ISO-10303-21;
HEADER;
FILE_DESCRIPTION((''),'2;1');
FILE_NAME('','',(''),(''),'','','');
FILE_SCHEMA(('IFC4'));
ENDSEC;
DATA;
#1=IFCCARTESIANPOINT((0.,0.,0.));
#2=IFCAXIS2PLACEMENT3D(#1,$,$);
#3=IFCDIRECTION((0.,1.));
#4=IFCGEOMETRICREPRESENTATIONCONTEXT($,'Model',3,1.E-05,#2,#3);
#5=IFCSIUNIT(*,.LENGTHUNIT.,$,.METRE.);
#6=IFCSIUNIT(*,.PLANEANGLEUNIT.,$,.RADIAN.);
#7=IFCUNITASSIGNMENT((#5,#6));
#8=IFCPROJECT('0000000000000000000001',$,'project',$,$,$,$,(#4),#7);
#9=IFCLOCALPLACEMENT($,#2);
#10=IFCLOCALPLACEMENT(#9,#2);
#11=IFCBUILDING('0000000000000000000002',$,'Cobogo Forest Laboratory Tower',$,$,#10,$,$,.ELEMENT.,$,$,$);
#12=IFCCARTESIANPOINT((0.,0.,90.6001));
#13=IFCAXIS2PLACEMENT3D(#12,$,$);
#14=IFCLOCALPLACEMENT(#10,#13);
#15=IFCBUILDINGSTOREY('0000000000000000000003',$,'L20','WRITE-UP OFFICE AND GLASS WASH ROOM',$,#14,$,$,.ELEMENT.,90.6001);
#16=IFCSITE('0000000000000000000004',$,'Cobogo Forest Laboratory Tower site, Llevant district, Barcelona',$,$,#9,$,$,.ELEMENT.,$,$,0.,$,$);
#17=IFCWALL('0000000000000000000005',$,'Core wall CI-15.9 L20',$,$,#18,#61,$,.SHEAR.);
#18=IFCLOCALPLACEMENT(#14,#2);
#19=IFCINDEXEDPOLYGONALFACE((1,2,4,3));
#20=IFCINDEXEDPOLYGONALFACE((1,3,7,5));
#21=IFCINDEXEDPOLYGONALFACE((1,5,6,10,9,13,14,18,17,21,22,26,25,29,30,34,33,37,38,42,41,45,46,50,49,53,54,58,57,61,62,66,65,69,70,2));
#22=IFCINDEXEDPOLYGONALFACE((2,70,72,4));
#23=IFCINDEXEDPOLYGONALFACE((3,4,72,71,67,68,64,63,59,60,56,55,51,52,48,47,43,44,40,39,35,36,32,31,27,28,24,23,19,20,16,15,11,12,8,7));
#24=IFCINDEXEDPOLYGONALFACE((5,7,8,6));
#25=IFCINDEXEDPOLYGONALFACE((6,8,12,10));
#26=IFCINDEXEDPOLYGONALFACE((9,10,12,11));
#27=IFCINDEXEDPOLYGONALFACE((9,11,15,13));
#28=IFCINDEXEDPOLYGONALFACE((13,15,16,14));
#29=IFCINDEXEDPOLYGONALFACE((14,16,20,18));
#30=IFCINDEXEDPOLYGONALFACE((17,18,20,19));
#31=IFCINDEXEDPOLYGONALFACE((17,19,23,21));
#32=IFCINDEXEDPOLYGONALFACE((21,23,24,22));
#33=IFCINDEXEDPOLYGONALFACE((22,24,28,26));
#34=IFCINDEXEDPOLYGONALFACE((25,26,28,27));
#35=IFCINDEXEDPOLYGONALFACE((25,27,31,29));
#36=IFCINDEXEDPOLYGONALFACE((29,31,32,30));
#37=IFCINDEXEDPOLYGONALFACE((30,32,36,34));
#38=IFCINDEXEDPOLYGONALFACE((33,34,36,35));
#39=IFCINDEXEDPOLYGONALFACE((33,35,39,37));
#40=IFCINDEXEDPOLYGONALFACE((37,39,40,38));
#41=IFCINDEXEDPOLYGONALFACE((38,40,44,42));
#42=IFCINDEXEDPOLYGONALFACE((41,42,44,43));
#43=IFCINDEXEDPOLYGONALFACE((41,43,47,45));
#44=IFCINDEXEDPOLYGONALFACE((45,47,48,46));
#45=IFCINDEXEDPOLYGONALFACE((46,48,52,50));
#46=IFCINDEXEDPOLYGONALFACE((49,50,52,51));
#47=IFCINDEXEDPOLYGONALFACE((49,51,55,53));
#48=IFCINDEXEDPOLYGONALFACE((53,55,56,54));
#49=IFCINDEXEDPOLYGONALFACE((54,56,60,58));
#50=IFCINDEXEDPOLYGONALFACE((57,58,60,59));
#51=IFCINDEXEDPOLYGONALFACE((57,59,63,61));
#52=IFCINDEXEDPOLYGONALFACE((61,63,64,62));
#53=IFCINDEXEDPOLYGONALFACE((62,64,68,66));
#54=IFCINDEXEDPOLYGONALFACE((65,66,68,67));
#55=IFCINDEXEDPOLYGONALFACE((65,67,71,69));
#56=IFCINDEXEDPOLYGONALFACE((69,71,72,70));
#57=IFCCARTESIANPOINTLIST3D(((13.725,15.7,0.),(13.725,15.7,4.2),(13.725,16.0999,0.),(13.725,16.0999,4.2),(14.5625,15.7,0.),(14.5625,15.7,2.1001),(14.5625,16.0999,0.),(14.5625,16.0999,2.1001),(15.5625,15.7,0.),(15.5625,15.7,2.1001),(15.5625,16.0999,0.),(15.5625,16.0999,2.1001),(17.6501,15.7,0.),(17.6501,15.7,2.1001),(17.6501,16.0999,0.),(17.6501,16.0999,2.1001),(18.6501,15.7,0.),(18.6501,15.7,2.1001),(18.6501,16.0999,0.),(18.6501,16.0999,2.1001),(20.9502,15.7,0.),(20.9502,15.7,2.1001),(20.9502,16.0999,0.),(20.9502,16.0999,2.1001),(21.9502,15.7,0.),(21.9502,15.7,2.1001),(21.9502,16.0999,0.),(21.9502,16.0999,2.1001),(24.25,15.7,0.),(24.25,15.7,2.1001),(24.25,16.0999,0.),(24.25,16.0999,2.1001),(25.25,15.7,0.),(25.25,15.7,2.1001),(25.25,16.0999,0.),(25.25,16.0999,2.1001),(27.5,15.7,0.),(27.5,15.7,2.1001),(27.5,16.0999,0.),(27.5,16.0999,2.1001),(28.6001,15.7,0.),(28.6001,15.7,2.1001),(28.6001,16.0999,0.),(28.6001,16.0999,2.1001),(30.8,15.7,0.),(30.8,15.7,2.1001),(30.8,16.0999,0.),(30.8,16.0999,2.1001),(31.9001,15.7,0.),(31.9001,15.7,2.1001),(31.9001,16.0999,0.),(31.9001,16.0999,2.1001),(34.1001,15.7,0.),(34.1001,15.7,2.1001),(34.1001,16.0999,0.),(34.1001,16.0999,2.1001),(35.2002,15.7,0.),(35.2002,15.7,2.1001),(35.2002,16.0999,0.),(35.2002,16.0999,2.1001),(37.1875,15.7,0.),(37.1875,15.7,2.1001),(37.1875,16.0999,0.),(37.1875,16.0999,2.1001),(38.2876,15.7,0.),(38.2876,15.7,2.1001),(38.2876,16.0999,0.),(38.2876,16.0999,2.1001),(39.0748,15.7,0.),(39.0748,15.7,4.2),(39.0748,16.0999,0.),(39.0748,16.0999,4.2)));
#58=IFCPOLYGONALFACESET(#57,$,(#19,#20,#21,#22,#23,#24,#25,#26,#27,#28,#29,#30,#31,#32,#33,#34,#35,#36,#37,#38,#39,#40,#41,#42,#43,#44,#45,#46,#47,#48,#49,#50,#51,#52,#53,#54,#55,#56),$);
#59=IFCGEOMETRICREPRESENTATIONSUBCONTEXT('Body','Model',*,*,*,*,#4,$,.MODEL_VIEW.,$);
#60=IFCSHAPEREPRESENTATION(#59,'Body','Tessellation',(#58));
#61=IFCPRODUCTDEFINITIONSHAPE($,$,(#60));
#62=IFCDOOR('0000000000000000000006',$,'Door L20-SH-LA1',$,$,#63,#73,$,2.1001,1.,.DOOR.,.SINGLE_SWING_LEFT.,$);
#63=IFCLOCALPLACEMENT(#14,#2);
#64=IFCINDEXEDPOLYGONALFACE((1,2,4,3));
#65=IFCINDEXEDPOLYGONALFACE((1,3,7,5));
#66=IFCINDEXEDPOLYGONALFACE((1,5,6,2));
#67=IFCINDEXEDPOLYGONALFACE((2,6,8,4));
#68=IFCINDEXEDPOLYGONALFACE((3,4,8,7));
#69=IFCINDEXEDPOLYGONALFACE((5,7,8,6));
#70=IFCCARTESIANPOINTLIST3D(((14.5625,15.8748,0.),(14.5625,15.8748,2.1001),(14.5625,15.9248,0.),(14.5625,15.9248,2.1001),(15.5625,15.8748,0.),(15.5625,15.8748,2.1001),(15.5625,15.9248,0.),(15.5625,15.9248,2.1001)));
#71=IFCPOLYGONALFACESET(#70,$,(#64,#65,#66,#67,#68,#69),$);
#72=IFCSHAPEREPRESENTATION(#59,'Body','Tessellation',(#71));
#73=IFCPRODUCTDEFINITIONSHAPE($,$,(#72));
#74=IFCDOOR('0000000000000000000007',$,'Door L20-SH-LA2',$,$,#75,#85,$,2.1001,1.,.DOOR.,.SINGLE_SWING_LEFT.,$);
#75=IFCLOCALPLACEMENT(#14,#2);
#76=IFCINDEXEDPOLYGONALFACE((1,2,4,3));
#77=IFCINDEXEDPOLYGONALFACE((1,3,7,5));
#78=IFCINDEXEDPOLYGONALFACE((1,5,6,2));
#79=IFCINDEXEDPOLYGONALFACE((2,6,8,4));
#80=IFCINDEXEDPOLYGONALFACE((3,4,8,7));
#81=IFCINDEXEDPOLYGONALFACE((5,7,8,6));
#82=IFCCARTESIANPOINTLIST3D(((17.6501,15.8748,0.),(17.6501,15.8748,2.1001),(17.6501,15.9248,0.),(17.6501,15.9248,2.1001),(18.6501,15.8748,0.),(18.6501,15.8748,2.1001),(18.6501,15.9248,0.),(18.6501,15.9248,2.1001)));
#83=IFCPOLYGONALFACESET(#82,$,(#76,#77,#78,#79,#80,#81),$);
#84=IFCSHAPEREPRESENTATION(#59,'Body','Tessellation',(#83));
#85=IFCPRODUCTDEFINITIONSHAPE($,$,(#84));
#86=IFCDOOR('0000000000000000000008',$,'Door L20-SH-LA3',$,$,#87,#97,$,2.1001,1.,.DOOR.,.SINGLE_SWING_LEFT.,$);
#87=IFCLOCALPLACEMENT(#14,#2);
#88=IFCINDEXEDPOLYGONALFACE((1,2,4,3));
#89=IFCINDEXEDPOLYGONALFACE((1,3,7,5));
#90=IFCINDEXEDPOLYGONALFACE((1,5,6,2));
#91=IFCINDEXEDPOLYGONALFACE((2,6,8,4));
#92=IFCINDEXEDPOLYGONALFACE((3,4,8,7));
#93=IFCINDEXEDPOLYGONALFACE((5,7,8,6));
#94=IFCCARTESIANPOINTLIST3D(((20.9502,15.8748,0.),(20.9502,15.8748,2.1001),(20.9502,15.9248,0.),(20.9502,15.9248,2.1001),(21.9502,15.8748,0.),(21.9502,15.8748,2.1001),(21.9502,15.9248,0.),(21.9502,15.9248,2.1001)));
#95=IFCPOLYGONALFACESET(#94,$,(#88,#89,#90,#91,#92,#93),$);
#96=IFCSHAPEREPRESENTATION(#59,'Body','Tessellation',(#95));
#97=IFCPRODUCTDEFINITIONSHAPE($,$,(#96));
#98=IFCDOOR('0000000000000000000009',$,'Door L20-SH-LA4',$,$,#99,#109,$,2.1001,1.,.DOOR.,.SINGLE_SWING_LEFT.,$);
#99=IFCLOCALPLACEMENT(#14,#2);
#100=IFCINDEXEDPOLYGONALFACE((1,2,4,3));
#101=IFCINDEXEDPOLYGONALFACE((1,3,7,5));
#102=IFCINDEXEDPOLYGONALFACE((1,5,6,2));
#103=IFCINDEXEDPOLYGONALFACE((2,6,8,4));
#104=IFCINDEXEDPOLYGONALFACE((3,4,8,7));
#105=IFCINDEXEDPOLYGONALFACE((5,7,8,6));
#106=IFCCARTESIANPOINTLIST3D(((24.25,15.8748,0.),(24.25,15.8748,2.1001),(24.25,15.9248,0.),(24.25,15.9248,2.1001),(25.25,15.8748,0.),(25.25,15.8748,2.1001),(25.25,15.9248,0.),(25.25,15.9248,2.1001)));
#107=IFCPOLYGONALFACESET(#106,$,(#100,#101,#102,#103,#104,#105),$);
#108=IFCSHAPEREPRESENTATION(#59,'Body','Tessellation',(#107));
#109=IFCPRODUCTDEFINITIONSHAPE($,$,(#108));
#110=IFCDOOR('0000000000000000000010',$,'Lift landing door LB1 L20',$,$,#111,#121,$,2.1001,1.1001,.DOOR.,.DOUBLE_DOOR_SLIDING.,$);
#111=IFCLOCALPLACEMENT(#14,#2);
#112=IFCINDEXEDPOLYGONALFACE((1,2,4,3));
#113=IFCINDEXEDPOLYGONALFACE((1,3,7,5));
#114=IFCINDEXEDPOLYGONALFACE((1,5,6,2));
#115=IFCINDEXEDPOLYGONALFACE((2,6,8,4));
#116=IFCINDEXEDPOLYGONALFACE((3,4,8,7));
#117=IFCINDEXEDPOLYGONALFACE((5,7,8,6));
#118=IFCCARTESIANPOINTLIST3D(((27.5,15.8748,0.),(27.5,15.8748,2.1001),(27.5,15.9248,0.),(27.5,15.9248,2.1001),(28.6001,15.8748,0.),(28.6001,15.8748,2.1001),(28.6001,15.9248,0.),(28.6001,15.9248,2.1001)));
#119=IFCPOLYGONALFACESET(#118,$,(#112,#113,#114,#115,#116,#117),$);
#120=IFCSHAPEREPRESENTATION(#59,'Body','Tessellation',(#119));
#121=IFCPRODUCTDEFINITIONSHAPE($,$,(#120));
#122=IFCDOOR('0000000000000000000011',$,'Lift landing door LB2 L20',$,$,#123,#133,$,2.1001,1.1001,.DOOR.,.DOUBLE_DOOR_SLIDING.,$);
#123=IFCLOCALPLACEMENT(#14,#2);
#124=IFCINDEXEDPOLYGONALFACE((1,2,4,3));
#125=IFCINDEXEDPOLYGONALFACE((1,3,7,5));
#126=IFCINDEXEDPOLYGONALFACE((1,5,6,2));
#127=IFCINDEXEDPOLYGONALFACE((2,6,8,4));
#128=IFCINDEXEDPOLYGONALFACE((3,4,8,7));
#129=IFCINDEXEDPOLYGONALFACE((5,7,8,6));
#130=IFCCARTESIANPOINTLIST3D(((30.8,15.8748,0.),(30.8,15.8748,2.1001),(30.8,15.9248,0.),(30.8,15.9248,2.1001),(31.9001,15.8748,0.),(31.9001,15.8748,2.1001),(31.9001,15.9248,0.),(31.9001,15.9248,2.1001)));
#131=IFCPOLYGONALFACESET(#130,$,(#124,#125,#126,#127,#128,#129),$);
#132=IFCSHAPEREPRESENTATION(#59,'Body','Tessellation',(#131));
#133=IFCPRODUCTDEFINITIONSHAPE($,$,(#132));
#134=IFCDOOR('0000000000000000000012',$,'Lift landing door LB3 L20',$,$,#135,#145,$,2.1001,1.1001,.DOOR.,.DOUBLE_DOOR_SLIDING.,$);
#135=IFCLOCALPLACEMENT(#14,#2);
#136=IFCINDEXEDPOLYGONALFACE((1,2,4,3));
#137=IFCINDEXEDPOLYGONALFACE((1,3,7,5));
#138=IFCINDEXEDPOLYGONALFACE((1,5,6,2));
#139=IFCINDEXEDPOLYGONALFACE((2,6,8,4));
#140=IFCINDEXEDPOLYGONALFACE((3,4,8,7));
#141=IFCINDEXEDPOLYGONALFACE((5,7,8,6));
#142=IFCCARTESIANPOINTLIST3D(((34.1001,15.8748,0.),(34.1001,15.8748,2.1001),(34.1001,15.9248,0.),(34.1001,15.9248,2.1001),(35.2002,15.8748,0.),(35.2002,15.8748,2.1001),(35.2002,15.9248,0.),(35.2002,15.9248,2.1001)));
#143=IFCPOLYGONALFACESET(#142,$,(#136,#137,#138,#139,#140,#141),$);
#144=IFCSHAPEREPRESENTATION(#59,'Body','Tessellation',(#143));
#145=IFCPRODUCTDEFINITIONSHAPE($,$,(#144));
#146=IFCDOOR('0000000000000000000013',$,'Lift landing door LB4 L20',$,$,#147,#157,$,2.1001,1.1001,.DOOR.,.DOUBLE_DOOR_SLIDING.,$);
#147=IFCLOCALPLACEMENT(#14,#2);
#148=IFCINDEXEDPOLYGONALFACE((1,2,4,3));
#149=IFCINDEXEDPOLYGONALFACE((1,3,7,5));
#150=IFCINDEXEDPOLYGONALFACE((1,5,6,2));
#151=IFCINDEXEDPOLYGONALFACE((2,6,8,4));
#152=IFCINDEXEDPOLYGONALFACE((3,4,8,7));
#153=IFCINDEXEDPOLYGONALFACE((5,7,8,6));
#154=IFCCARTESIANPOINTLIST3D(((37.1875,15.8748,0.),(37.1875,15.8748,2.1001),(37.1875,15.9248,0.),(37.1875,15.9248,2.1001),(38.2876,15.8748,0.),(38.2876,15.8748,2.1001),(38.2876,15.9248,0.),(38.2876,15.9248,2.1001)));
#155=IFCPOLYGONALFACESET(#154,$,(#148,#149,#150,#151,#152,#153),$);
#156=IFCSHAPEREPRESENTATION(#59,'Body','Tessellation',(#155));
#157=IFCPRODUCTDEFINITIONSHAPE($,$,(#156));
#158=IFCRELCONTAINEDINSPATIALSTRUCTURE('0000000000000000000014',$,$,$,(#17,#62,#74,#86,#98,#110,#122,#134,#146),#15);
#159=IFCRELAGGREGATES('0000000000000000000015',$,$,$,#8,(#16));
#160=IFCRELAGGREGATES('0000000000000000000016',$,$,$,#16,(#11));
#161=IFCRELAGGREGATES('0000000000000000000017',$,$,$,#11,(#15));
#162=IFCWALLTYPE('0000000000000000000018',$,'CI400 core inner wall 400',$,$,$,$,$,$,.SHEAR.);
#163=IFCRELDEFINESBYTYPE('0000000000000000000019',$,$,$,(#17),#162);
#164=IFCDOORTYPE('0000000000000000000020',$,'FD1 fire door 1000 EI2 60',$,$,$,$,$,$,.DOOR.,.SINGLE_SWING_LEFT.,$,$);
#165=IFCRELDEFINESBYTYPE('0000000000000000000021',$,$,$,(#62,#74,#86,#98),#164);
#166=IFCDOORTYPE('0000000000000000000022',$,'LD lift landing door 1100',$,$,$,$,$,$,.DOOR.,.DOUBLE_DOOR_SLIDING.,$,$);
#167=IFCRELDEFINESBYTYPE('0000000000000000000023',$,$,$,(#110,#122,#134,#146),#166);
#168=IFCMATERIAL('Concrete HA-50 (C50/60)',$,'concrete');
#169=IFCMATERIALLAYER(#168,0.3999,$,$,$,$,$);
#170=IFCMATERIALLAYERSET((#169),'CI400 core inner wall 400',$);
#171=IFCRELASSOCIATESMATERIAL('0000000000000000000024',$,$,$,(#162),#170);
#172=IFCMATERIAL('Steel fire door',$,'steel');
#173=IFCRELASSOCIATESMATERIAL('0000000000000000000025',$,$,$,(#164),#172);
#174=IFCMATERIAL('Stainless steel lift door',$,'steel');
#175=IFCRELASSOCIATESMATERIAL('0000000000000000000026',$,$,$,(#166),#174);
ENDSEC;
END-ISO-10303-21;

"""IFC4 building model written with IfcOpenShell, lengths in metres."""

from ifc_helpers import new_model, si_unit, direction, frame, frame_2d, origin, place, context, subcontext, project, spatial, rectangle, extrude, material, layer, layer_set, type_object, element, fill, save


model = new_model("IFC4")

# Units and contexts
model_context = context("Model", 3, precision=1e-05, world=origin(), true_north=direction((0.0, 1.0)))
body_context = subcontext(model_context, "Body", "Model", "MODEL_VIEW")
ifc_project = project(units=[si_unit("LENGTHUNIT", "METRE"), si_unit("PLANEANGLEUNIT", "RADIAN")], contexts=[model_context])

# Site, building, storey
site_placement = place(None, origin())
site = spatial("IfcSite", under=ifc_project, at=site_placement, Name="Cobogo Forest Laboratory Tower site, Llevant district, Barcelona", CompositionType="ELEMENT", RefElevation=0.0)
building_placement = place(site_placement, origin())
building = spatial("IfcBuilding", under=site, at=building_placement, Name="Cobogo Forest Laboratory Tower", CompositionType="ELEMENT")
storey_placement = place(building_placement, frame((0.0, 0.0, 90.6001)))
storey = spatial("IfcBuildingStorey", under=building, at=storey_placement, Name="L20", Description="WRITE-UP OFFICE AND GLASS WASH ROOM", CompositionType="ELEMENT", Elevation=90.6001)

# Shared definitions
ifc_material_1 = material(Name="Concrete HA-50 (C50/60)", Category="concrete")

# Wall, openings, doors
ifc_layer_1 = layer(ifc_material_1, 0.3999)
ifc_layer_set_1 = layer_set([ifc_layer_1], Name="CI400 core inner wall 400")
wall_type_1 = type_object("IfcWallType", Name="CI400 core inner wall 400", PredefinedType="SHEAR", material=ifc_layer_set_1)
wall_1_placement = place(storey_placement, frame((13.7251, 15.8999, 0.0), z_axis=(0.0, 0.0, 1.0), x_axis=(1.0, 0.0, 0.0)))
wall_1 = element("IfcWall", 1, at=wall_1_placement, inside=storey, type_object=wall_type_1, Name="Core wall CI-15.9 L20", PredefinedType="SHEAR", context=body_context, shape_type="SweptSolid", body=[
    extrude(rectangle(XDim=25.3499, YDim=0.3999, at=frame_2d((12.6748, 0.0))), origin(), (0.0, 0.0, 1.0), 4.2),
])
opening_1_placement = place(wall_1_placement, frame((0.8374, 0.0, 0.0)))
opening_1 = element("IfcOpeningElement", 2, at=opening_1_placement, cuts=wall_1, PredefinedType="OPENING", context=body_context, shape_type="SweptSolid", body=[
    extrude(rectangle(XDim=1.0, YDim=2.1001, at=frame_2d((0.5, 1.05))), frame((0.0, 0.21, 0.0), z_axis=(0.0, -1.0, 0.0), x_axis=(1.0, 0.0, 0.0)), (0.0, 0.0, 1.0), 0.4199),
])
opening_2_placement = place(wall_1_placement, frame((3.925, 0.0, 0.0)))
opening_2 = element("IfcOpeningElement", 3, at=opening_2_placement, cuts=wall_1, PredefinedType="OPENING", context=body_context, shape_type="SweptSolid", body=[
    extrude(rectangle(XDim=1.0, YDim=2.1001, at=frame_2d((0.5, 1.05))), frame((0.0, 0.21, 0.0), z_axis=(0.0, -1.0, 0.0), x_axis=(1.0, 0.0, 0.0)), (0.0, 0.0, 1.0), 0.4199),
])
opening_3_placement = place(wall_1_placement, frame((7.2251, 0.0, 0.0)))
opening_3 = element("IfcOpeningElement", 4, at=opening_3_placement, cuts=wall_1, PredefinedType="OPENING", context=body_context, shape_type="SweptSolid", body=[
    extrude(rectangle(XDim=1.0, YDim=2.1001, at=frame_2d((0.5, 1.05))), frame((0.0, 0.21, 0.0), z_axis=(0.0, -1.0, 0.0), x_axis=(1.0, 0.0, 0.0)), (0.0, 0.0, 1.0), 0.4199),
])
opening_4_placement = place(wall_1_placement, frame((10.5249, 0.0, 0.0)))
opening_4 = element("IfcOpeningElement", 5, at=opening_4_placement, cuts=wall_1, PredefinedType="OPENING", context=body_context, shape_type="SweptSolid", body=[
    extrude(rectangle(XDim=1.0, YDim=2.1001, at=frame_2d((0.5, 1.05))), frame((0.0, 0.21, 0.0), z_axis=(0.0, -1.0, 0.0), x_axis=(1.0, 0.0, 0.0)), (0.0, 0.0, 1.0), 0.4199),
])
opening_5_placement = place(wall_1_placement, frame((13.7749, 0.0, 0.0)))
opening_5 = element("IfcOpeningElement", 6, at=opening_5_placement, cuts=wall_1, PredefinedType="OPENING", context=body_context, shape_type="SweptSolid", body=[
    extrude(rectangle(XDim=1.1001, YDim=2.1001, at=frame_2d((0.55, 1.05))), frame((0.0, 0.21, 0.0), z_axis=(0.0, -1.0, 0.0), x_axis=(1.0, 0.0, 0.0)), (0.0, 0.0, 1.0), 0.4199),
])
opening_6_placement = place(wall_1_placement, frame((17.075, 0.0, 0.0)))
opening_6 = element("IfcOpeningElement", 7, at=opening_6_placement, cuts=wall_1, PredefinedType="OPENING", context=body_context, shape_type="SweptSolid", body=[
    extrude(rectangle(XDim=1.1001, YDim=2.1001, at=frame_2d((0.55, 1.05))), frame((0.0, 0.21, 0.0), z_axis=(0.0, -1.0, 0.0), x_axis=(1.0, 0.0, 0.0)), (0.0, 0.0, 1.0), 0.4199),
])
opening_7_placement = place(wall_1_placement, frame((20.375, 0.0, 0.0)))
opening_7 = element("IfcOpeningElement", 8, at=opening_7_placement, cuts=wall_1, PredefinedType="OPENING", context=body_context, shape_type="SweptSolid", body=[
    extrude(rectangle(XDim=1.1001, YDim=2.1001, at=frame_2d((0.55, 1.05))), frame((0.0, 0.21, 0.0), z_axis=(0.0, -1.0, 0.0), x_axis=(1.0, 0.0, 0.0)), (0.0, 0.0, 1.0), 0.4199),
])
opening_8_placement = place(wall_1_placement, frame((23.4624, 0.0, 0.0)))
opening_8 = element("IfcOpeningElement", 9, at=opening_8_placement, cuts=wall_1, PredefinedType="OPENING", context=body_context, shape_type="SweptSolid", body=[
    extrude(rectangle(XDim=1.1001, YDim=2.1001, at=frame_2d((0.55, 1.05))), frame((0.0, 0.21, 0.0), z_axis=(0.0, -1.0, 0.0), x_axis=(1.0, 0.0, 0.0)), (0.0, 0.0, 1.0), 0.4199),
])
ifc_material_2 = material(Name="Steel fire door", Category="steel")
door_type_1 = type_object("IfcDoorType", Name="FD1 fire door 1000 EI2 60", OperationType="SINGLE_SWING_LEFT", PredefinedType="DOOR", material=ifc_material_2)
door_1_placement = place(opening_1_placement, origin())
door_1 = element("IfcDoor", 10, at=door_1_placement, inside=storey, type_object=door_type_1, Name="Door L20-SH-LA1", OperationType="SINGLE_SWING_LEFT", OverallHeight=2.1001, OverallWidth=1.0, PredefinedType="DOOR", context=body_context, shape_type="SweptSolid", body=[
    extrude(rectangle(XDim=1.0, YDim=2.1001, at=frame_2d((0.5, 1.05))), frame((0.0, 0.0249, 0.0), z_axis=(0.0, -1.0, 0.0), x_axis=(1.0, 0.0, 0.0)), (0.0, 0.0, 1.0), 0.05),
])
fill(opening_1, door_1)
door_2_placement = place(opening_2_placement, origin())
door_2 = element("IfcDoor", 11, at=door_2_placement, inside=storey, type_object=door_type_1, Name="Door L20-SH-LA2", OperationType="SINGLE_SWING_LEFT", OverallHeight=2.1001, OverallWidth=1.0, PredefinedType="DOOR", context=body_context, shape_type="SweptSolid", body=[
    extrude(rectangle(XDim=1.0, YDim=2.1001, at=frame_2d((0.5, 1.05))), frame((0.0, 0.0249, 0.0), z_axis=(0.0, -1.0, 0.0), x_axis=(1.0, 0.0, 0.0)), (0.0, 0.0, 1.0), 0.05),
])
fill(opening_2, door_2)
door_3_placement = place(opening_3_placement, origin())
door_3 = element("IfcDoor", 12, at=door_3_placement, inside=storey, type_object=door_type_1, Name="Door L20-SH-LA3", OperationType="SINGLE_SWING_LEFT", OverallHeight=2.1001, OverallWidth=1.0, PredefinedType="DOOR", context=body_context, shape_type="SweptSolid", body=[
    extrude(rectangle(XDim=1.0, YDim=2.1001, at=frame_2d((0.5, 1.05))), frame((0.0, 0.0249, 0.0), z_axis=(0.0, -1.0, 0.0), x_axis=(1.0, 0.0, 0.0)), (0.0, 0.0, 1.0), 0.05),
])
fill(opening_3, door_3)
door_4_placement = place(opening_4_placement, origin())
door_4 = element("IfcDoor", 13, at=door_4_placement, inside=storey, type_object=door_type_1, Name="Door L20-SH-LA4", OperationType="SINGLE_SWING_LEFT", OverallHeight=2.1001, OverallWidth=1.0, PredefinedType="DOOR", context=body_context, shape_type="SweptSolid", body=[
    extrude(rectangle(XDim=1.0, YDim=2.1001, at=frame_2d((0.5, 1.05))), frame((0.0, 0.0249, 0.0), z_axis=(0.0, -1.0, 0.0), x_axis=(1.0, 0.0, 0.0)), (0.0, 0.0, 1.0), 0.05),
])
fill(opening_4, door_4)
ifc_material_3 = material(Name="Stainless steel lift door", Category="steel")
door_type_2 = type_object("IfcDoorType", Name="LD lift landing door 1100", OperationType="DOUBLE_DOOR_SLIDING", PredefinedType="DOOR", material=ifc_material_3)
door_5_placement = place(opening_5_placement, origin())
door_5 = element("IfcDoor", 14, at=door_5_placement, inside=storey, type_object=door_type_2, Name="Lift landing door LB1 L20", OperationType="DOUBLE_DOOR_SLIDING", OverallHeight=2.1001, OverallWidth=1.1001, PredefinedType="DOOR", context=body_context, shape_type="SweptSolid", body=[
    extrude(rectangle(XDim=1.1001, YDim=2.1001, at=frame_2d((0.55, 1.05))), frame((0.0, 0.0249, 0.0), z_axis=(0.0, -1.0, 0.0), x_axis=(1.0, 0.0, 0.0)), (0.0, 0.0, 1.0), 0.05),
])
fill(opening_5, door_5)
door_6_placement = place(opening_6_placement, origin())
door_6 = element("IfcDoor", 15, at=door_6_placement, inside=storey, type_object=door_type_2, Name="Lift landing door LB2 L20", OperationType="DOUBLE_DOOR_SLIDING", OverallHeight=2.1001, OverallWidth=1.1001, PredefinedType="DOOR", context=body_context, shape_type="SweptSolid", body=[
    extrude(rectangle(XDim=1.1001, YDim=2.1001, at=frame_2d((0.55, 1.05))), frame((0.0, 0.0249, 0.0), z_axis=(0.0, -1.0, 0.0), x_axis=(1.0, 0.0, 0.0)), (0.0, 0.0, 1.0), 0.05),
])
fill(opening_6, door_6)
door_7_placement = place(opening_7_placement, origin())
door_7 = element("IfcDoor", 16, at=door_7_placement, inside=storey, type_object=door_type_2, Name="Lift landing door LB3 L20", OperationType="DOUBLE_DOOR_SLIDING", OverallHeight=2.1001, OverallWidth=1.1001, PredefinedType="DOOR", context=body_context, shape_type="SweptSolid", body=[
    extrude(rectangle(XDim=1.1001, YDim=2.1001, at=frame_2d((0.55, 1.05))), frame((0.0, 0.0249, 0.0), z_axis=(0.0, -1.0, 0.0), x_axis=(1.0, 0.0, 0.0)), (0.0, 0.0, 1.0), 0.05),
])
fill(opening_7, door_7)
door_8_placement = place(opening_8_placement, origin())
door_8 = element("IfcDoor", 17, at=door_8_placement, inside=storey, type_object=door_type_2, Name="Lift landing door LB4 L20", OperationType="DOUBLE_DOOR_SLIDING", OverallHeight=2.1001, OverallWidth=1.1001, PredefinedType="DOOR", context=body_context, shape_type="SweptSolid", body=[
    extrude(rectangle(XDim=1.1001, YDim=2.1001, at=frame_2d((0.55, 1.05))), frame((0.0, 0.0249, 0.0), z_axis=(0.0, -1.0, 0.0), x_axis=(1.0, 0.0, 0.0)), (0.0, 0.0, 1.0), 0.05),
])
fill(opening_8, door_8)

save(model, "model.ifc")
